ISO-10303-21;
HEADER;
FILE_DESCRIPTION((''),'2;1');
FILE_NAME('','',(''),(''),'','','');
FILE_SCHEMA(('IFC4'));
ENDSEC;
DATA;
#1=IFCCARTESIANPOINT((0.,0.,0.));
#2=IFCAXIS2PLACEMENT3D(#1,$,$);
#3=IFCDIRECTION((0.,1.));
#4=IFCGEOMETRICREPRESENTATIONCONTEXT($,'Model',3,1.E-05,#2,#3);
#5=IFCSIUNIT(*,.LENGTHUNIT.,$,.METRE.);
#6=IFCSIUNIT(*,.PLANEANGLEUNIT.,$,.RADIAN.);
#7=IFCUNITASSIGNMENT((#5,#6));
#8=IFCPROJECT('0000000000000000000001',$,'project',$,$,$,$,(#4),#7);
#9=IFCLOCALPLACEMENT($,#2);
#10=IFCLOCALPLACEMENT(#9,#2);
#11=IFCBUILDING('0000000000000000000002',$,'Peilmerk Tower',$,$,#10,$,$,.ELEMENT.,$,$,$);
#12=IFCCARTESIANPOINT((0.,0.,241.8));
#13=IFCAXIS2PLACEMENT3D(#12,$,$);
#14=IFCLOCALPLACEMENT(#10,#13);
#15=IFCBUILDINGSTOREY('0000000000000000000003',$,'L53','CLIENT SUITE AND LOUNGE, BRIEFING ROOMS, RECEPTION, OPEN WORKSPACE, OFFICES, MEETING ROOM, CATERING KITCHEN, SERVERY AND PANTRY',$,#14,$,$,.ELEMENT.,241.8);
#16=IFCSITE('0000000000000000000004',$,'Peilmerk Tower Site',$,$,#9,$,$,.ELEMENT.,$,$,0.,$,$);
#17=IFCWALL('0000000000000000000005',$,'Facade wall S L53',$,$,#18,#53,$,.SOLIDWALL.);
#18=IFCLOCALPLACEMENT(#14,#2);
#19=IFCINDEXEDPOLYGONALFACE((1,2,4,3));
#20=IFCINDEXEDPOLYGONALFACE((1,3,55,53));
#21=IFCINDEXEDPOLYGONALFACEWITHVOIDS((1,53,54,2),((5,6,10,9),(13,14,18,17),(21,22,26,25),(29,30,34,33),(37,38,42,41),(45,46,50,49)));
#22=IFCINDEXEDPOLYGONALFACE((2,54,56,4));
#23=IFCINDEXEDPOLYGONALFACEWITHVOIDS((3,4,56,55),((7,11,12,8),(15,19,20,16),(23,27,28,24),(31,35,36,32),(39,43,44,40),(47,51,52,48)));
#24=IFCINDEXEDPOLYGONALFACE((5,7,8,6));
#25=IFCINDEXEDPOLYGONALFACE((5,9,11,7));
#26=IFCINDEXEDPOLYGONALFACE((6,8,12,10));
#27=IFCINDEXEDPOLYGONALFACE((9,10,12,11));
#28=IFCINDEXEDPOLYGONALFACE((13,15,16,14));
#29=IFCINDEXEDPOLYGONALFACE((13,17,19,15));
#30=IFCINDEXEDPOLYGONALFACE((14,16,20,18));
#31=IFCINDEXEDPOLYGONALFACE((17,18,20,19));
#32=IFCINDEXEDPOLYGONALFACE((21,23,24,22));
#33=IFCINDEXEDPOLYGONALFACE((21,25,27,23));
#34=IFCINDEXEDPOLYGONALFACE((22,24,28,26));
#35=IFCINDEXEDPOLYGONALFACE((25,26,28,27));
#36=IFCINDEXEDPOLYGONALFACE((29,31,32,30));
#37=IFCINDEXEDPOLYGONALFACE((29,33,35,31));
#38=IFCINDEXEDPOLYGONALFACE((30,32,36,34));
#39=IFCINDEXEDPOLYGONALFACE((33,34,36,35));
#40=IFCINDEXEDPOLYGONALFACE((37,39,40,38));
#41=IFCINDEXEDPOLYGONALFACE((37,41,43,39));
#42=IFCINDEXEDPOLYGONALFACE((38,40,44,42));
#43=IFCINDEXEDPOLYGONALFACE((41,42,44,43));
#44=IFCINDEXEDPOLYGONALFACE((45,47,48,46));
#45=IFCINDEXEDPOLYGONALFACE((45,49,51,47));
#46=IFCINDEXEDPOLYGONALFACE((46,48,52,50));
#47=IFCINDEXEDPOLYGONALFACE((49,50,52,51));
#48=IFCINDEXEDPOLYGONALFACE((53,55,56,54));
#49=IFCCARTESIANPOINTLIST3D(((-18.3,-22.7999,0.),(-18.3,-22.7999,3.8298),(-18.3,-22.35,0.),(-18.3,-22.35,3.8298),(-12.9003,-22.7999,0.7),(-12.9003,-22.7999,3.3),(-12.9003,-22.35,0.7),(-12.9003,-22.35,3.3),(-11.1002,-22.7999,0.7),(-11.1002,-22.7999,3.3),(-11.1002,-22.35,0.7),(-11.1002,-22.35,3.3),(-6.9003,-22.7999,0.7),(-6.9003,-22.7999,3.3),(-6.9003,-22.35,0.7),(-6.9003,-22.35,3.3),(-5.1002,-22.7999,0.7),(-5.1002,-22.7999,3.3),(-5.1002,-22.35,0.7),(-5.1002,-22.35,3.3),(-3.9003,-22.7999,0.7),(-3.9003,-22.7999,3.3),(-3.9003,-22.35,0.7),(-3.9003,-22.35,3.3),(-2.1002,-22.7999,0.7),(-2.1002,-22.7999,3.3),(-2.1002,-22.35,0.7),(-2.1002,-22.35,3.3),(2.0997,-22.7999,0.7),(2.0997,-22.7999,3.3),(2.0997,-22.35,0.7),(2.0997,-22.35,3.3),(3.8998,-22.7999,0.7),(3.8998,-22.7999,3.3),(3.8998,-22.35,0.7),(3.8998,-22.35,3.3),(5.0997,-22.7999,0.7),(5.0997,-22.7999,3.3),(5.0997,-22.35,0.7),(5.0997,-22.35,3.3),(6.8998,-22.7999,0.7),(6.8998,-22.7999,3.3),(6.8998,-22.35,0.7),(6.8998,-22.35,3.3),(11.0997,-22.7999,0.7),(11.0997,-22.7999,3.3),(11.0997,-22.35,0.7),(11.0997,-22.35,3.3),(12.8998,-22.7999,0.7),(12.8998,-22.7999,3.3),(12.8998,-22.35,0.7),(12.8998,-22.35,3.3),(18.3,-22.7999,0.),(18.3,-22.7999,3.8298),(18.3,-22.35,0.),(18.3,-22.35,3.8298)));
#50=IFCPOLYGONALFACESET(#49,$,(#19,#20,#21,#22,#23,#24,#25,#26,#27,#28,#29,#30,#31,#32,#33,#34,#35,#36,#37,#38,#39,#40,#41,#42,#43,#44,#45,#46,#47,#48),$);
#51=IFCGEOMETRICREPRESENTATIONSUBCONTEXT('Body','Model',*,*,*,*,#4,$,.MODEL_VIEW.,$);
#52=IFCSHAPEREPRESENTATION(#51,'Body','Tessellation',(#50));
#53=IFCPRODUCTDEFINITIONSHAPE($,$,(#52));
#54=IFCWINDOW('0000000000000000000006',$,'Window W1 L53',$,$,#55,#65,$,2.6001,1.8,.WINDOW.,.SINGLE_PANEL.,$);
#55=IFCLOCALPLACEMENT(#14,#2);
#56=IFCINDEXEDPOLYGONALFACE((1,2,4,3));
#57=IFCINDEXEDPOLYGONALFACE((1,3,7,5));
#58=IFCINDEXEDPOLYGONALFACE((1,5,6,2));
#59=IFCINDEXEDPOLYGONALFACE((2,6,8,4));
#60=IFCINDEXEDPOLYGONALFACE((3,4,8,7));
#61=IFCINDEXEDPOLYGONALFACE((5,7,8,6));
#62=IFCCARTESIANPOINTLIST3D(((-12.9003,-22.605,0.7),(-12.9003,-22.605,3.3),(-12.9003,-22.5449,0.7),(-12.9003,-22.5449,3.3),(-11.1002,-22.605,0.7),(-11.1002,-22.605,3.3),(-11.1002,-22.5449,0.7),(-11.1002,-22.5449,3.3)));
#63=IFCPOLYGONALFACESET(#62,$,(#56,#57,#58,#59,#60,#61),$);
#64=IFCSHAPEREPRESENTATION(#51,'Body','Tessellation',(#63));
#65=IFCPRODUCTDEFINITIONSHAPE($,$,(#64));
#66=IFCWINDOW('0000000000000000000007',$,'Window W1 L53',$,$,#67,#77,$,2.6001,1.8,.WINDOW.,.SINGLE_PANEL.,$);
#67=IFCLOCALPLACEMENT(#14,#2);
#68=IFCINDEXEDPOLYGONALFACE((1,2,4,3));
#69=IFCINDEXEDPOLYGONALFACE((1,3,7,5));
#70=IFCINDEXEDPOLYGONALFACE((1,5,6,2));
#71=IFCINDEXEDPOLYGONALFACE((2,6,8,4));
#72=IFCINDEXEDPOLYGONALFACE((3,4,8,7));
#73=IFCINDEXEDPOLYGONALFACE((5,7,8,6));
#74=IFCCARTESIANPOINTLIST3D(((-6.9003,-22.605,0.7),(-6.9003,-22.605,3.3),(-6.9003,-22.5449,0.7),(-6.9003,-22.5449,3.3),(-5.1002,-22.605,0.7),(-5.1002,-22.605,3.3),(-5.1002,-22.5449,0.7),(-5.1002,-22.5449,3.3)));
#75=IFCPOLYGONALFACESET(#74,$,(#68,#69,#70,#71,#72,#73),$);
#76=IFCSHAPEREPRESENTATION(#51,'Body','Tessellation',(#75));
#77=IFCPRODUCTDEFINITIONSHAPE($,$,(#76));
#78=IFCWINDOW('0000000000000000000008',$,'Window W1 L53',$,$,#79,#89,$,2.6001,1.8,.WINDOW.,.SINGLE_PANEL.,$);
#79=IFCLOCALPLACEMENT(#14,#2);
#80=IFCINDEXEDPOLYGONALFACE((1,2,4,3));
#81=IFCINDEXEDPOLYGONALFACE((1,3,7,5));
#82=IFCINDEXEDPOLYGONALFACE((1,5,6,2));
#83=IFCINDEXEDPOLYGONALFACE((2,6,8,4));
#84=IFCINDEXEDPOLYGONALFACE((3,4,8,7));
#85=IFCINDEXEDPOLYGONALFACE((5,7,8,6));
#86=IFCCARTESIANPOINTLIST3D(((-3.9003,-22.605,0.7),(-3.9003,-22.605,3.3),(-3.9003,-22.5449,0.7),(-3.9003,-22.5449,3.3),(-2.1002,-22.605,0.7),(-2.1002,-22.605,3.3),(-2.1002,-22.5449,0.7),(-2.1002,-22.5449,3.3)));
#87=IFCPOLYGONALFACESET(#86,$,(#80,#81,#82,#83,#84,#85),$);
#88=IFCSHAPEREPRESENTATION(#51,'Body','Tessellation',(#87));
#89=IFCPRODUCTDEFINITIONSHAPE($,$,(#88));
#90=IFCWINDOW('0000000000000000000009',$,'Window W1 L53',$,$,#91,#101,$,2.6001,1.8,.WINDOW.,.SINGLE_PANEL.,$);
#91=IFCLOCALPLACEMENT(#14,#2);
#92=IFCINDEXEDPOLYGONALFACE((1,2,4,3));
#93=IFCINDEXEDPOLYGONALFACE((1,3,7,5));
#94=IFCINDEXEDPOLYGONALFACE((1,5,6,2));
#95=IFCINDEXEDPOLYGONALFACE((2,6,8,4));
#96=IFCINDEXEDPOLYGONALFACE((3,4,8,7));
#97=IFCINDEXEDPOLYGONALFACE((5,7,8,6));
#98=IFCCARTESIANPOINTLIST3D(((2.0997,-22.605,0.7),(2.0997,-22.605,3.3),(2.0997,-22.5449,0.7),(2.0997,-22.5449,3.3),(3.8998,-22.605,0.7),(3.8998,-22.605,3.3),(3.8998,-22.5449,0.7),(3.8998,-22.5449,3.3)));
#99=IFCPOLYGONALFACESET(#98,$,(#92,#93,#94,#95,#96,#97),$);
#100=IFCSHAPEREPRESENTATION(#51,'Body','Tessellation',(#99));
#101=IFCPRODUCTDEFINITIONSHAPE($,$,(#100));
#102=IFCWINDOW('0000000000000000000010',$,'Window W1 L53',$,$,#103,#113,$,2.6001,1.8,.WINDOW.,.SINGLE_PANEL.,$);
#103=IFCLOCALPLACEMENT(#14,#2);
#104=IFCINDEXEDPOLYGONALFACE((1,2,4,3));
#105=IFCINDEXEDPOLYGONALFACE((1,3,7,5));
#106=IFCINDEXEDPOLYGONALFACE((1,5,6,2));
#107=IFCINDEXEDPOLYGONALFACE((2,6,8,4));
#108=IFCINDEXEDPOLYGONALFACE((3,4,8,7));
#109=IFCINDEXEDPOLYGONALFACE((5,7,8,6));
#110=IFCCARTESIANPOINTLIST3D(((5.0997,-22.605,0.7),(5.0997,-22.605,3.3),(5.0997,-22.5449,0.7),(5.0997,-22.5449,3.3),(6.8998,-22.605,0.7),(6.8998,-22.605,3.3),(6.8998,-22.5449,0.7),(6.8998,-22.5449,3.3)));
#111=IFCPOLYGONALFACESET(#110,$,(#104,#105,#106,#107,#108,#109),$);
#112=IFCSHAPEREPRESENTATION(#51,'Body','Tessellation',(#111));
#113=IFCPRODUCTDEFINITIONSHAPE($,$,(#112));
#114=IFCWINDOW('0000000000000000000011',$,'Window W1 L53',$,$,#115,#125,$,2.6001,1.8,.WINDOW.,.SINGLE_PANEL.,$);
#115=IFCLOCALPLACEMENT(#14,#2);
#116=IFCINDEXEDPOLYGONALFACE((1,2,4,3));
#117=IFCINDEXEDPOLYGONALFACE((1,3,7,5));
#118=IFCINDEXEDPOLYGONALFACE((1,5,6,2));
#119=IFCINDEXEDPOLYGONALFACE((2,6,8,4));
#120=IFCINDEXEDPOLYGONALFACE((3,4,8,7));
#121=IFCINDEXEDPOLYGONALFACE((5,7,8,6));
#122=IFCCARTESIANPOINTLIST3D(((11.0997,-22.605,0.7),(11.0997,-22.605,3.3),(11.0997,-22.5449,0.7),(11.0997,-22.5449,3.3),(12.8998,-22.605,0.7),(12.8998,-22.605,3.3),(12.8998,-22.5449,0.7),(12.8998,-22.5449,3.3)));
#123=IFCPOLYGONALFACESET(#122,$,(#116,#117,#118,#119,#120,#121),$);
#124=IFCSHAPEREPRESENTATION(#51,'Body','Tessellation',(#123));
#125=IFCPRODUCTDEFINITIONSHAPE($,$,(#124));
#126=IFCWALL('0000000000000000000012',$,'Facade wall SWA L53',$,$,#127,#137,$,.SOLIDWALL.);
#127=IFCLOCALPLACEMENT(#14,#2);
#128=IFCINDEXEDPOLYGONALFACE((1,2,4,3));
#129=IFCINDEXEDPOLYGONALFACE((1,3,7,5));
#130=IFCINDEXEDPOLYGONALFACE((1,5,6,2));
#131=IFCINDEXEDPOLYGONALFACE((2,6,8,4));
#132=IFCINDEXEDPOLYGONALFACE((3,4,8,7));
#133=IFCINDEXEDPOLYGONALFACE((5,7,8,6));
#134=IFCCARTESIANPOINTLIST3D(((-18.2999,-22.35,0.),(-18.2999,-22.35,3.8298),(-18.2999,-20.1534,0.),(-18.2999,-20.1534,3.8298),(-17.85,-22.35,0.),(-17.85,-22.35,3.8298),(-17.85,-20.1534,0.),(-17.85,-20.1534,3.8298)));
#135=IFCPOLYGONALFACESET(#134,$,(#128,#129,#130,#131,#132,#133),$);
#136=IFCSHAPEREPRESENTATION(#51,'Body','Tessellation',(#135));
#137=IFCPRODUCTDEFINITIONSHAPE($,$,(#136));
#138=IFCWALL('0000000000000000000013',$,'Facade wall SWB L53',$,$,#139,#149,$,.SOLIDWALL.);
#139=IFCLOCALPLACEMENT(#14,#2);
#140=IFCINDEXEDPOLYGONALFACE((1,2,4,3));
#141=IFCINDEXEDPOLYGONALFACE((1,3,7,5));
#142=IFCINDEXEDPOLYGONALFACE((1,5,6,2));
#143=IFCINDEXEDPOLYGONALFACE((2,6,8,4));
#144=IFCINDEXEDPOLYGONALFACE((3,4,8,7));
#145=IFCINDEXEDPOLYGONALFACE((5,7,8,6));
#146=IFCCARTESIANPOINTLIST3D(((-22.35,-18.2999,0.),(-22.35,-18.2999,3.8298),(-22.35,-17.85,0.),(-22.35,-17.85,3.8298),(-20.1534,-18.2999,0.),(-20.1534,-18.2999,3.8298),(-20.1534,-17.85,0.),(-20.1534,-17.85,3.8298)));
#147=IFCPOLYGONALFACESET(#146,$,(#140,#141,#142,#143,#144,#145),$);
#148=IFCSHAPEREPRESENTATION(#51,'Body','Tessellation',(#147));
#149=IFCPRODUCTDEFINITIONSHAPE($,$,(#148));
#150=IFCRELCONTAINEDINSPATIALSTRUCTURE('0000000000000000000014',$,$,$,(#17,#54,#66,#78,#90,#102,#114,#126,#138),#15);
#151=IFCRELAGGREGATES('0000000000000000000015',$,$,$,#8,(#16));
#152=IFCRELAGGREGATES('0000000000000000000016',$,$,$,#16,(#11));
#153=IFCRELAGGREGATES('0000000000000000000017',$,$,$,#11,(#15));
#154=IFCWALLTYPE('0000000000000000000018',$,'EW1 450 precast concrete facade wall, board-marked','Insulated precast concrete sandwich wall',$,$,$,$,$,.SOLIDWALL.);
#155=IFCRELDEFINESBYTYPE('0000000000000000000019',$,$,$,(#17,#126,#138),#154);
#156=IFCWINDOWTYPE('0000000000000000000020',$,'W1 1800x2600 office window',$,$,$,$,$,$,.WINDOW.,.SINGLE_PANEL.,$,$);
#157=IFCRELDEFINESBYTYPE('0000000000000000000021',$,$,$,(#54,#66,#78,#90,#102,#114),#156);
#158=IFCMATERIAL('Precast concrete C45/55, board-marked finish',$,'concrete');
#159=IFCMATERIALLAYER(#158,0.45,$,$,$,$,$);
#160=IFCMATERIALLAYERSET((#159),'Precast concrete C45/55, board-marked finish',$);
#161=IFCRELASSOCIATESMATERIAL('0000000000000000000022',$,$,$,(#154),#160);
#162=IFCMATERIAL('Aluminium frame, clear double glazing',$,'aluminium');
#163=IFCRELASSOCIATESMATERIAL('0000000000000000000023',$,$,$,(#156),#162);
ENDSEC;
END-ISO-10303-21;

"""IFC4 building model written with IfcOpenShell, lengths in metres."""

from ifc_helpers import new_model, si_unit, direction, frame, frame_2d, origin, place, context, subcontext, project, spatial, rectangle, extrude, material, layer, layer_set, type_object, element, fill, save


model = new_model("IFC4")

# Units and contexts
model_context = context("Model", 3, precision=1e-05, world=origin(), true_north=direction((0.0, 1.0)))
body_context = subcontext(model_context, "Body", "Model", "MODEL_VIEW")
ifc_project = project(units=[si_unit("LENGTHUNIT", "METRE"), si_unit("PLANEANGLEUNIT", "RADIAN")], contexts=[model_context])

# Site, building, storey
site_placement = place(None, origin())
site = spatial("IfcSite", under=ifc_project, at=site_placement, Name="Peilmerk Tower Site", CompositionType="ELEMENT", RefElevation=0.0)
building_placement = place(site_placement, origin())
building = spatial("IfcBuilding", under=site, at=building_placement, Name="Peilmerk Tower", CompositionType="ELEMENT")
storey_placement = place(building_placement, frame((0.0, 0.0, 241.8)))
storey = spatial("IfcBuildingStorey", under=building, at=storey_placement, Name="L53", Description="CLIENT SUITE AND LOUNGE, BRIEFING ROOMS, RECEPTION, OPEN WORKSPACE, OFFICES, MEETING ROOM, CATERING KITCHEN, SERVERY AND PANTRY", CompositionType="ELEMENT", Elevation=241.8)

# Wall, openings, windows
ifc_material_1 = material(Name="Precast concrete C45/55, board-marked finish", Category="concrete")
ifc_layer_1 = layer(ifc_material_1, 0.45)
ifc_layer_set_1 = layer_set([ifc_layer_1], Name="Precast concrete C45/55, board-marked finish")
wall_type = type_object("IfcWallType", Name="EW1 450 precast concrete facade wall, board-marked", Description="Insulated precast concrete sandwich wall", PredefinedType="SOLIDWALL", material=ifc_layer_set_1)
wall_placement = place(storey_placement, frame((-18.3, -22.575, 0.0), z_axis=(0.0, 0.0, 1.0), x_axis=(1.0, 0.0, 0.0)))
wall = element("IfcWall", 1, at=wall_placement, inside=storey, type_object=wall_type, Name="Facade wall S L53", PredefinedType="SOLIDWALL", context=body_context, shape_type="SweptSolid", body=[
    extrude(rectangle(XDim=36.6001, YDim=0.45, at=frame_2d((18.3, 0.0))), origin(), (0.0, 0.0, 1.0), 3.8298),
])
opening_1_placement = place(wall_placement, frame((5.3999, 0.0, 0.7)))
opening_1 = element("IfcOpeningElement", 2, at=opening_1_placement, cuts=wall, PredefinedType="OPENING", context=body_context, shape_type="SweptSolid", body=[
    extrude(rectangle(XDim=1.8, YDim=2.6001, at=frame_2d((0.8999, 1.3))), frame((0.0, 0.2349, 0.0), z_axis=(0.0, -1.0, 0.0), x_axis=(1.0, 0.0, 0.0)), (0.0, 0.0, 1.0), 0.47),
])
opening_2_placement = place(wall_placement, frame((11.3999, 0.0, 0.7)))
opening_2 = element("IfcOpeningElement", 3, at=opening_2_placement, cuts=wall, PredefinedType="OPENING", context=body_context, shape_type="SweptSolid", body=[
    extrude(rectangle(XDim=1.8, YDim=2.6001, at=frame_2d((0.8999, 1.3))), frame((0.0, 0.2349, 0.0), z_axis=(0.0, -1.0, 0.0), x_axis=(1.0, 0.0, 0.0)), (0.0, 0.0, 1.0), 0.47),
])
opening_3_placement = place(wall_placement, frame((14.3999, 0.0, 0.7)))
opening_3 = element("IfcOpeningElement", 4, at=opening_3_placement, cuts=wall, PredefinedType="OPENING", context=body_context, shape_type="SweptSolid", body=[
    extrude(rectangle(XDim=1.8, YDim=2.6001, at=frame_2d((0.8999, 1.3))), frame((0.0, 0.2349, 0.0), z_axis=(0.0, -1.0, 0.0), x_axis=(1.0, 0.0, 0.0)), (0.0, 0.0, 1.0), 0.47),
])
opening_4_placement = place(wall_placement, frame((20.3999, 0.0, 0.7)))
opening_4 = element("IfcOpeningElement", 5, at=opening_4_placement, cuts=wall, PredefinedType="OPENING", context=body_context, shape_type="SweptSolid", body=[
    extrude(rectangle(XDim=1.8, YDim=2.6001, at=frame_2d((0.8999, 1.3))), frame((0.0, 0.2349, 0.0), z_axis=(0.0, -1.0, 0.0), x_axis=(1.0, 0.0, 0.0)), (0.0, 0.0, 1.0), 0.47),
])
opening_5_placement = place(wall_placement, frame((23.3999, 0.0, 0.7)))
opening_5 = element("IfcOpeningElement", 6, at=opening_5_placement, cuts=wall, PredefinedType="OPENING", context=body_context, shape_type="SweptSolid", body=[
    extrude(rectangle(XDim=1.8, YDim=2.6001, at=frame_2d((0.8999, 1.3))), frame((0.0, 0.2349, 0.0), z_axis=(0.0, -1.0, 0.0), x_axis=(1.0, 0.0, 0.0)), (0.0, 0.0, 1.0), 0.47),
])
opening_6_placement = place(wall_placement, frame((29.3999, 0.0, 0.7)))
opening_6 = element("IfcOpeningElement", 7, at=opening_6_placement, cuts=wall, PredefinedType="OPENING", context=body_context, shape_type="SweptSolid", body=[
    extrude(rectangle(XDim=1.8, YDim=2.6001, at=frame_2d((0.8999, 1.3))), frame((0.0, 0.2349, 0.0), z_axis=(0.0, -1.0, 0.0), x_axis=(1.0, 0.0, 0.0)), (0.0, 0.0, 1.0), 0.47),
])
ifc_material_2 = material(Name="Aluminium frame, clear double glazing", Category="aluminium")
window_type = type_object("IfcWindowType", Name="W1 1800x2600 office window", PartitioningType="SINGLE_PANEL", PredefinedType="WINDOW", material=ifc_material_2)
window_1_placement = place(opening_1_placement, origin())
window_1 = element("IfcWindow", 8, at=window_1_placement, inside=storey, type_object=window_type, Name="Window W1 L53", OverallHeight=2.6001, OverallWidth=1.8, PartitioningType="SINGLE_PANEL", PredefinedType="WINDOW", context=body_context, shape_type="SweptSolid", body=[
    extrude(rectangle(XDim=1.8, YDim=2.6001, at=frame_2d((0.8999, 1.3))), frame((0.0, 0.03, 0.0), z_axis=(0.0, -1.0, 0.0), x_axis=(1.0, 0.0, 0.0)), (0.0, 0.0, 1.0), 0.0601),
])
fill(opening_1, window_1)
window_2_placement = place(opening_2_placement, origin())
window_2 = element("IfcWindow", 9, at=window_2_placement, inside=storey, type_object=window_type, Name="Window W1 L53", OverallHeight=2.6001, OverallWidth=1.8, PartitioningType="SINGLE_PANEL", PredefinedType="WINDOW", context=body_context, shape_type="SweptSolid", body=[
    extrude(rectangle(XDim=1.8, YDim=2.6001, at=frame_2d((0.8999, 1.3))), frame((0.0, 0.03, 0.0), z_axis=(0.0, -1.0, 0.0), x_axis=(1.0, 0.0, 0.0)), (0.0, 0.0, 1.0), 0.0601),
])
fill(opening_2, window_2)
window_3_placement = place(opening_3_placement, origin())
window_3 = element("IfcWindow", 10, at=window_3_placement, inside=storey, type_object=window_type, Name="Window W1 L53", OverallHeight=2.6001, OverallWidth=1.8, PartitioningType="SINGLE_PANEL", PredefinedType="WINDOW", context=body_context, shape_type="SweptSolid", body=[
    extrude(rectangle(XDim=1.8, YDim=2.6001, at=frame_2d((0.8999, 1.3))), frame((0.0, 0.03, 0.0), z_axis=(0.0, -1.0, 0.0), x_axis=(1.0, 0.0, 0.0)), (0.0, 0.0, 1.0), 0.0601),
])
fill(opening_3, window_3)
window_4_placement = place(opening_4_placement, origin())
window_4 = element("IfcWindow", 11, at=window_4_placement, inside=storey, type_object=window_type, Name="Window W1 L53", OverallHeight=2.6001, OverallWidth=1.8, PartitioningType="SINGLE_PANEL", PredefinedType="WINDOW", context=body_context, shape_type="SweptSolid", body=[
    extrude(rectangle(XDim=1.8, YDim=2.6001, at=frame_2d((0.8999, 1.3))), frame((0.0, 0.03, 0.0), z_axis=(0.0, -1.0, 0.0), x_axis=(1.0, 0.0, 0.0)), (0.0, 0.0, 1.0), 0.0601),
])
fill(opening_4, window_4)
window_5_placement = place(opening_5_placement, origin())
window_5 = element("IfcWindow", 12, at=window_5_placement, inside=storey, type_object=window_type, Name="Window W1 L53", OverallHeight=2.6001, OverallWidth=1.8, PartitioningType="SINGLE_PANEL", PredefinedType="WINDOW", context=body_context, shape_type="SweptSolid", body=[
    extrude(rectangle(XDim=1.8, YDim=2.6001, at=frame_2d((0.8999, 1.3))), frame((0.0, 0.03, 0.0), z_axis=(0.0, -1.0, 0.0), x_axis=(1.0, 0.0, 0.0)), (0.0, 0.0, 1.0), 0.0601),
])
fill(opening_5, window_5)
window_6_placement = place(opening_6_placement, origin())
window_6 = element("IfcWindow", 13, at=window_6_placement, inside=storey, type_object=window_type, Name="Window W1 L53", OverallHeight=2.6001, OverallWidth=1.8, PartitioningType="SINGLE_PANEL", PredefinedType="WINDOW", context=body_context, shape_type="SweptSolid", body=[
    extrude(rectangle(XDim=1.8, YDim=2.6001, at=frame_2d((0.8999, 1.3))), frame((0.0, 0.03, 0.0), z_axis=(0.0, -1.0, 0.0), x_axis=(1.0, 0.0, 0.0)), (0.0, 0.0, 1.0), 0.0601),
])
fill(opening_6, window_6)

# Walls
for number, where, z_axis, x_axis, name in (
    (14, (-18.075, -20.1536, 0.0), (0.0, 0.0, 1.0), (0.0, -1.0, 0.0), "Facade wall SWA L53"),
    (15, (-20.1536, -18.075, 0.0), (0.0, 0.0, 1.0), (-1.0, 0.0, 0.0), "Facade wall SWB L53"),
):
    element("IfcWall", number, at=place(storey_placement, frame(where, z_axis=z_axis, x_axis=x_axis)), inside=storey, type_object=wall_type, Name=name, PredefinedType="SOLIDWALL", context=body_context, shape_type="SweptSolid", body=[
        extrude(rectangle(XDim=2.1965, YDim=0.45, at=frame_2d((1.0981, 0.0))), origin(), (0.0, 0.0, 1.0), 3.8298),
    ])

save(model, "model.ifc")
